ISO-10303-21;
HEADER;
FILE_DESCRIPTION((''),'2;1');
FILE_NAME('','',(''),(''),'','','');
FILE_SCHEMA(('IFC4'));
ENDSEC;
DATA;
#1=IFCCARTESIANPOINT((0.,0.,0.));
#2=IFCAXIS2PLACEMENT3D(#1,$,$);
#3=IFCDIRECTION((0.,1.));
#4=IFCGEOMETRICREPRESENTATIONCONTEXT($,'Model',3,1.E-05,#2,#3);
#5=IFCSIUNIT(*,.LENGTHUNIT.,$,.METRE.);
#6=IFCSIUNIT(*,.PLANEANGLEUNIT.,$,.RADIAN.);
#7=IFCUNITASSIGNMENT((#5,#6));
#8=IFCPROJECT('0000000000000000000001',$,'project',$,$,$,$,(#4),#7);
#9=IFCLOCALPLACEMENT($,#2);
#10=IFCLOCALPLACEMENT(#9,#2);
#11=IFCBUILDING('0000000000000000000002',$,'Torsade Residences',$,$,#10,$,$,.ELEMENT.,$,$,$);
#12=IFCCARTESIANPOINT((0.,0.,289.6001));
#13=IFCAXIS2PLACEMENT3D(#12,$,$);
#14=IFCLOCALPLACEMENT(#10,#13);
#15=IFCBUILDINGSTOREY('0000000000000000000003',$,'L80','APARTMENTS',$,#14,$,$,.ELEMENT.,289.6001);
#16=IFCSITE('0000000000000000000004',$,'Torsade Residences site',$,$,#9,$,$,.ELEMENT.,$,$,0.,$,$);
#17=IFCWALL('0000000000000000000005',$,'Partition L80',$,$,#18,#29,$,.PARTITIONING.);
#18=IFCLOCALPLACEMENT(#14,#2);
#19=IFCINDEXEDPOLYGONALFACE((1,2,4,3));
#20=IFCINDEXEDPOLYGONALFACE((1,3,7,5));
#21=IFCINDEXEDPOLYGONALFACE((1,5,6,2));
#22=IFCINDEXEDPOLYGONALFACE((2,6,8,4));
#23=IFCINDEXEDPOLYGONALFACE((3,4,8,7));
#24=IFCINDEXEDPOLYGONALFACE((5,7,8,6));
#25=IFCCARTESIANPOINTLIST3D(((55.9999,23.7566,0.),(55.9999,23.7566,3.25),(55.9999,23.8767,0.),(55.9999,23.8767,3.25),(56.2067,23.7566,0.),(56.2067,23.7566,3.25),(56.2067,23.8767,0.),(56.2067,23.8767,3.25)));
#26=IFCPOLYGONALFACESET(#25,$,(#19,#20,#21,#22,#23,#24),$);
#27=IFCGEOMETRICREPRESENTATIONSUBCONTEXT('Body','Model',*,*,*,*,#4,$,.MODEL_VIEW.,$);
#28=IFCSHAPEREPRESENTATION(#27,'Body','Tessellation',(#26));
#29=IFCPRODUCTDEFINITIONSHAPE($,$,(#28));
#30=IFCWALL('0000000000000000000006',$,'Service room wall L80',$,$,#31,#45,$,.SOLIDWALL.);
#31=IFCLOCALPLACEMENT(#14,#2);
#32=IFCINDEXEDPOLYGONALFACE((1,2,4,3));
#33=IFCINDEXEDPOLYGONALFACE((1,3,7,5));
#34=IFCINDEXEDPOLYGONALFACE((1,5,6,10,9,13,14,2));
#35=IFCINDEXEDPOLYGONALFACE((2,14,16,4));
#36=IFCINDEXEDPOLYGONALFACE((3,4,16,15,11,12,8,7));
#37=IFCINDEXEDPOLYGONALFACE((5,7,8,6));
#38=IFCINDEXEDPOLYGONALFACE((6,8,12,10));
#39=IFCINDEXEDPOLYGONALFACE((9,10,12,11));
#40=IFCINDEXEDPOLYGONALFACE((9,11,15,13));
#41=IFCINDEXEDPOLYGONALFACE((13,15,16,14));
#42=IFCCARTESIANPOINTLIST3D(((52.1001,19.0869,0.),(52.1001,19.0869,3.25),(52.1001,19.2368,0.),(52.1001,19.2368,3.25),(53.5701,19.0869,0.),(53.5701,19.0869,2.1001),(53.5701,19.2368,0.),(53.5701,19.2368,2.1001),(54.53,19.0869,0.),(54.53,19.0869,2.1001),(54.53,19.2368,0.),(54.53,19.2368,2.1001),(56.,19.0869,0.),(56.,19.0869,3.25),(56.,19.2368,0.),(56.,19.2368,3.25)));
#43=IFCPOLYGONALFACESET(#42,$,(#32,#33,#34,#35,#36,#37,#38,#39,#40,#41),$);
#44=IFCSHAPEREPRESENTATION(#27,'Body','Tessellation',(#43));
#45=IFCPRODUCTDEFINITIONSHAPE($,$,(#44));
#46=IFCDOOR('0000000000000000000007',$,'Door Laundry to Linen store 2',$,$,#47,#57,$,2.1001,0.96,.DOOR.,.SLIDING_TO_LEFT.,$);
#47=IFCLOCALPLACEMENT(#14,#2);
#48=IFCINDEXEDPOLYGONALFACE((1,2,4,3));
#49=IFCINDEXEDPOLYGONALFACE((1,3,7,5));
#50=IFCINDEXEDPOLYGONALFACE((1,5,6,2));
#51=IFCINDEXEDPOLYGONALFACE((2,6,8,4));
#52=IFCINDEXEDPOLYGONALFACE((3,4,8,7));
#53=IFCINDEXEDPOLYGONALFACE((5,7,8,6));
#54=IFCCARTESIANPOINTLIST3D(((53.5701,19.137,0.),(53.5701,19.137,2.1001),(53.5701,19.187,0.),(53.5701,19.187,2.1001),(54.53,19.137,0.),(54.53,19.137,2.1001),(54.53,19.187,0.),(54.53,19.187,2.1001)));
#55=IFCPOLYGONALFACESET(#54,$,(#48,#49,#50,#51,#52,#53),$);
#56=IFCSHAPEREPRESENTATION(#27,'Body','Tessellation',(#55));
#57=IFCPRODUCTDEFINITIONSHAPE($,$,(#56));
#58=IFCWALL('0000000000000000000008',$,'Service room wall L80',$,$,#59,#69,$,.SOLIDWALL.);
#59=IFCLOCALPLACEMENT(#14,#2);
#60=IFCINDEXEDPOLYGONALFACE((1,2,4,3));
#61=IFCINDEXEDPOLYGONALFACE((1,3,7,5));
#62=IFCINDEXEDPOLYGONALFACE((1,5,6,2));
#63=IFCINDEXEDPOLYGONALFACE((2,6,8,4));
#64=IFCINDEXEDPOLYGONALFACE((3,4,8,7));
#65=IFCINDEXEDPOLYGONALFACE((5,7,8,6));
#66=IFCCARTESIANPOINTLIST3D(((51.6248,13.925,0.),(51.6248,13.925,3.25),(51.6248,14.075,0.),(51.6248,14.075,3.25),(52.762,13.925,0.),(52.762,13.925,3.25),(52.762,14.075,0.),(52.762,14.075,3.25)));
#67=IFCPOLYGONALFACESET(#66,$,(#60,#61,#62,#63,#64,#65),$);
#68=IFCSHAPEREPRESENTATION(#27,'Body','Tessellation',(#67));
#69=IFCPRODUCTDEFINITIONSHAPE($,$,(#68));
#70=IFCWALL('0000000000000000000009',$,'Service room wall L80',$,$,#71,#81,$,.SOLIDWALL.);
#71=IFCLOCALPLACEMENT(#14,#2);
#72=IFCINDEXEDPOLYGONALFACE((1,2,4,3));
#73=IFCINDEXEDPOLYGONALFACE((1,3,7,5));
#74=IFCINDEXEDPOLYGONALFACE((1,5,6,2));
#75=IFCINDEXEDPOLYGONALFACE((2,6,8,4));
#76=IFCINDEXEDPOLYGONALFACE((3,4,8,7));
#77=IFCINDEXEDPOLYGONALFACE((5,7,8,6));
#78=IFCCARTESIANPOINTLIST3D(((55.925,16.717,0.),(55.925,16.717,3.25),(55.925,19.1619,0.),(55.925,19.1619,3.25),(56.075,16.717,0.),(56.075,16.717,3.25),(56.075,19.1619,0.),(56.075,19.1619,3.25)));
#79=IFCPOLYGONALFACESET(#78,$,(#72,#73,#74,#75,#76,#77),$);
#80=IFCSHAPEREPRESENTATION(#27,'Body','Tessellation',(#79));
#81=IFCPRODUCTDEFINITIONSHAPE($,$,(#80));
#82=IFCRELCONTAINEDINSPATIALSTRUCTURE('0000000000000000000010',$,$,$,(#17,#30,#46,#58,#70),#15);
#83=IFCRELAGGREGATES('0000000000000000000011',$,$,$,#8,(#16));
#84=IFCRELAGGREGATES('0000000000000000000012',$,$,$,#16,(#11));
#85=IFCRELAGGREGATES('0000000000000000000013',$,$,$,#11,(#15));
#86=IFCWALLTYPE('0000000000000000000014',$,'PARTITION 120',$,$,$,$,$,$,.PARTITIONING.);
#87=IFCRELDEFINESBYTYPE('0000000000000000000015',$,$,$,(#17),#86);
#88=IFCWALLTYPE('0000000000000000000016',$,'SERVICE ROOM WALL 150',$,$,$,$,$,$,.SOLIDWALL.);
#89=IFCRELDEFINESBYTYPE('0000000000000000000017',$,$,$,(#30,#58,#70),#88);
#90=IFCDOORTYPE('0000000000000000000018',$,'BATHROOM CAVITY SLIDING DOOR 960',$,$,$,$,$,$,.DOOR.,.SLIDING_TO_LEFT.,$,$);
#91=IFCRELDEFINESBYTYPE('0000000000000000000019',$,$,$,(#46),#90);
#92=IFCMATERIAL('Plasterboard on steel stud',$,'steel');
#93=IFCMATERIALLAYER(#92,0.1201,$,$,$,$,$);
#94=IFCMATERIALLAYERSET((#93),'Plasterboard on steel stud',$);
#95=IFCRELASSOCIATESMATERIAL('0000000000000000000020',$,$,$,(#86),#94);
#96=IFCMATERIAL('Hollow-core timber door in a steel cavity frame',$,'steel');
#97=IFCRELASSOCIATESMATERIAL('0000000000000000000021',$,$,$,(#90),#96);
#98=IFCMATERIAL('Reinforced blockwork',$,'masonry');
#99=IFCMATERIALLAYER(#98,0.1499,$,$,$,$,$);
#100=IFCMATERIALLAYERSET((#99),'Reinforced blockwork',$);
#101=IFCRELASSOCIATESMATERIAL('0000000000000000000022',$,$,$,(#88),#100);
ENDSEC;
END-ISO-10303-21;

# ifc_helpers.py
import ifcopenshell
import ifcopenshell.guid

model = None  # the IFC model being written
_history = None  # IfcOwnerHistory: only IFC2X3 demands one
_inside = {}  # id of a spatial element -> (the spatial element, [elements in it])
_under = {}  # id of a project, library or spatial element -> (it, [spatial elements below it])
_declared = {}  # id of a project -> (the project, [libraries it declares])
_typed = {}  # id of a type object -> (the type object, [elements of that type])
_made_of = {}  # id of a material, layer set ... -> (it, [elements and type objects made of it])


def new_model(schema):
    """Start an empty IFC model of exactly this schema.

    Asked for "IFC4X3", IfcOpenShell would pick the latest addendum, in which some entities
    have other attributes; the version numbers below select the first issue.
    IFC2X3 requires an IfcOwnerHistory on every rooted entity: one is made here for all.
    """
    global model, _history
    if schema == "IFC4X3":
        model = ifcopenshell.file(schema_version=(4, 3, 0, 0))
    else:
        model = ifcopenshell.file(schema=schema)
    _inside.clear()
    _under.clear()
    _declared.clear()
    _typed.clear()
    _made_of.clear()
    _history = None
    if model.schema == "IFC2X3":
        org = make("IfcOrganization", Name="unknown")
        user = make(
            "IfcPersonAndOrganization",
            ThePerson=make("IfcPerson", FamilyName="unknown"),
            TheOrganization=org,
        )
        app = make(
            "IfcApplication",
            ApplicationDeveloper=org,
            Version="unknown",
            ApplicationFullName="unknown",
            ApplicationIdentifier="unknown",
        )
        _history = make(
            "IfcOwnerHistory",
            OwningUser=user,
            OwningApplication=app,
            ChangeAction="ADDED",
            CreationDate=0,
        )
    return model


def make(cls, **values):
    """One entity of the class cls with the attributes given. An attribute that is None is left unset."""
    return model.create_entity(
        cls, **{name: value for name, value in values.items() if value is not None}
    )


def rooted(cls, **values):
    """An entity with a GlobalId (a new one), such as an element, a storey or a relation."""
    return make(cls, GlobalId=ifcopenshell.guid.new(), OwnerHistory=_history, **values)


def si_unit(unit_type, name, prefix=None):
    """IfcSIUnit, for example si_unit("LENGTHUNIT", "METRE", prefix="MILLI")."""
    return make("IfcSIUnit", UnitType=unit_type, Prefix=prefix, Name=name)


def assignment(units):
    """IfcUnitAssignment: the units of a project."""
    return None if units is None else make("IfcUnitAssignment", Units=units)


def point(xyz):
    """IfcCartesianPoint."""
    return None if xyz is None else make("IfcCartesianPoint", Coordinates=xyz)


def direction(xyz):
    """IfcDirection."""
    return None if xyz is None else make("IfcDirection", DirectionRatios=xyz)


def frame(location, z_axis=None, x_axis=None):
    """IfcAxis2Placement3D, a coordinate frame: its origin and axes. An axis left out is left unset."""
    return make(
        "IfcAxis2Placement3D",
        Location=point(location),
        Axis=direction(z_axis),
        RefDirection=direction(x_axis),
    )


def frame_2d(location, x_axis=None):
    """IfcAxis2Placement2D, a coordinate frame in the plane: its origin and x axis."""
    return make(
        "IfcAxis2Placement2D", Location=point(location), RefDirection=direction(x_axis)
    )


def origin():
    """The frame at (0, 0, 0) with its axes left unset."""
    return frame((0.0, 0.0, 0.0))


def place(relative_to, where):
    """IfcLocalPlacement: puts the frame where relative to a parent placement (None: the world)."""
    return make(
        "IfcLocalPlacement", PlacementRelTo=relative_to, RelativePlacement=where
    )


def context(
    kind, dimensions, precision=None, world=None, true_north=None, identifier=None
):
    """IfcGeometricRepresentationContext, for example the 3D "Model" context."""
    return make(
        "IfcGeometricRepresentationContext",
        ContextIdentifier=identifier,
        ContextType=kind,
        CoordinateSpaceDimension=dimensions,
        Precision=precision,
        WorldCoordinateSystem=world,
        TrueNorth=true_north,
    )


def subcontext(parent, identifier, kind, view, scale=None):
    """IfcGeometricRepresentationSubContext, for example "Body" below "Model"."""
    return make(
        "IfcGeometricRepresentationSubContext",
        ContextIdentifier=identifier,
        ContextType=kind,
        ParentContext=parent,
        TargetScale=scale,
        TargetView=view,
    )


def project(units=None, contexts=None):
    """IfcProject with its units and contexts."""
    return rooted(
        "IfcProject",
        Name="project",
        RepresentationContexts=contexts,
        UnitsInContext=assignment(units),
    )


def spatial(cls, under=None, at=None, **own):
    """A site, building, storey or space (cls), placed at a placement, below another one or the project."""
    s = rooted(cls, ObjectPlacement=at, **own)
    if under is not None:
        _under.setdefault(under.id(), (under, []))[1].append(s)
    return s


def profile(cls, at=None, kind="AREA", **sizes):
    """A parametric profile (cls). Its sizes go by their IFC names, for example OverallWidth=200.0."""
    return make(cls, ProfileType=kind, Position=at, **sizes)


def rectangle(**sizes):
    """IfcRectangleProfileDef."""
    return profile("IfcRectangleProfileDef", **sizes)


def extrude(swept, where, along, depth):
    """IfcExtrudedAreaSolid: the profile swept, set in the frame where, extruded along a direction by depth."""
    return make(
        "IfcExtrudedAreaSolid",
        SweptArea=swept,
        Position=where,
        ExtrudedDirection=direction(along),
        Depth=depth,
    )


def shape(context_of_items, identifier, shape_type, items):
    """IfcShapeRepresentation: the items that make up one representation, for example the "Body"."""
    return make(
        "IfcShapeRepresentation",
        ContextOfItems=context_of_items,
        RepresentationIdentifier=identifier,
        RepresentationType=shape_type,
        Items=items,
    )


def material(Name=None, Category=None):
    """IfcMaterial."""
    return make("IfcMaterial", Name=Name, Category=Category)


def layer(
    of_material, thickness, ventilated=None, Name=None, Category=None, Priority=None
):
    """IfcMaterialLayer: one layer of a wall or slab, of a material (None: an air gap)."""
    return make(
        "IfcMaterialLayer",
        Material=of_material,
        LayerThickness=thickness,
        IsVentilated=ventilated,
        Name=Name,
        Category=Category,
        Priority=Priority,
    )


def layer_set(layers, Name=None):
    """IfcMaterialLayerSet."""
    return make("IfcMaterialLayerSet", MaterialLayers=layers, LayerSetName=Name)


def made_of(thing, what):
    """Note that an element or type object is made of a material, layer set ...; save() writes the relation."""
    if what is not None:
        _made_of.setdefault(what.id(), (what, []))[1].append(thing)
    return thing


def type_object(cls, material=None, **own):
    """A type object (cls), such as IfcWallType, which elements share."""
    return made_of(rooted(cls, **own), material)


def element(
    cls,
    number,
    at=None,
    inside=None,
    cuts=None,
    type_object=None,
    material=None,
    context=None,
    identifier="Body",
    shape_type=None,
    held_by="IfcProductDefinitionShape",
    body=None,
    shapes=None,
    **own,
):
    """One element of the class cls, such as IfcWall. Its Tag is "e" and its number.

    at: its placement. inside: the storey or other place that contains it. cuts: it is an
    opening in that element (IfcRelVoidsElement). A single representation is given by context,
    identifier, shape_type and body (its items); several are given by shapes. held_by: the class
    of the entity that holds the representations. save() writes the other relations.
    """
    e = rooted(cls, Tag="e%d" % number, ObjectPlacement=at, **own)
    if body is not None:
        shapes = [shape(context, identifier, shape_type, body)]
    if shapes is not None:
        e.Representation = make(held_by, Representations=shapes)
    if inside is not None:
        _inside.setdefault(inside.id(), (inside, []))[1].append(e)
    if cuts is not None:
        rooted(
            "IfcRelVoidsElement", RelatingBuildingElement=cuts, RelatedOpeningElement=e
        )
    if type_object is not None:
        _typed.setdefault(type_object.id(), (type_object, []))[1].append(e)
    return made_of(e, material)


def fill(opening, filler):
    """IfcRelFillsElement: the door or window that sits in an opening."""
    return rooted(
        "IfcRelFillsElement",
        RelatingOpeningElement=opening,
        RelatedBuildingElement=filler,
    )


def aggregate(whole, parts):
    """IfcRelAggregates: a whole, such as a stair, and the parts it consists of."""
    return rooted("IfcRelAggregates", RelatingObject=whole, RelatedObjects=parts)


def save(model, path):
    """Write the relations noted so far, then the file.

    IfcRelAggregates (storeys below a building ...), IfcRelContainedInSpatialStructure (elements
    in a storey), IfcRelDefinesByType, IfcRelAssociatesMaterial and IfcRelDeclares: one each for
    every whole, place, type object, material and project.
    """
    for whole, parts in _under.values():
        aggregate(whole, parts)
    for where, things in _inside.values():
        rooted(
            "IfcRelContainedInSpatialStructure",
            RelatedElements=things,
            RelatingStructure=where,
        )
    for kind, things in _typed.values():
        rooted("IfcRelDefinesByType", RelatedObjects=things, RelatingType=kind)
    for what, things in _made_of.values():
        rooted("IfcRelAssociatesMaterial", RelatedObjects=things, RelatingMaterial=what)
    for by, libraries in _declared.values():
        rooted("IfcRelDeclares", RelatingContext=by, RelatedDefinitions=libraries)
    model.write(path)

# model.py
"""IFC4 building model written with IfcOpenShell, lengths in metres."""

from ifc_helpers import new_model, si_unit, direction, frame, frame_2d, origin, place, context, subcontext, project, spatial, rectangle, extrude, material, layer, layer_set, type_object, element, fill, save


model = new_model("IFC4")

# Units and contexts
model_context = context("Model", 3, precision=1e-05, world=origin(), true_north=direction((0.0, 1.0)))
body_context = subcontext(model_context, "Body", "Model", "MODEL_VIEW")
ifc_project = project(units=[si_unit("LENGTHUNIT", "METRE"), si_unit("PLANEANGLEUNIT", "RADIAN")], contexts=[model_context])

# Site, building, storey
site_placement = place(None, origin())
site = spatial("IfcSite", under=ifc_project, at=site_placement, Name="Torsade Residences site", CompositionType="ELEMENT", RefElevation=0.0)
building_placement = place(site_placement, origin())
building = spatial("IfcBuilding", under=site, at=building_placement, Name="Torsade Residences", CompositionType="ELEMENT")
storey_placement = place(building_placement, frame((0.0, 0.0, 289.6001)))
storey = spatial("IfcBuildingStorey", under=building, at=storey_placement, Name="L80", Description="APARTMENTS", CompositionType="ELEMENT", Elevation=289.6001)

# Shared definitions
ifc_material_1 = material(Name="Plasterboard on steel stud", Category="steel")
ifc_layer_1 = layer(ifc_material_1, 0.1201)
ifc_layer_set_1 = layer_set([ifc_layer_1], Name="Plasterboard on steel stud")
wall_type_1 = type_object("IfcWallType", Name="PARTITION 120", PredefinedType="PARTITIONING", material=ifc_layer_set_1)
ifc_material_2 = material(Name="Hollow-core timber door in a steel cavity frame", Category="steel")
door_type_1 = type_object("IfcDoorType", Name="BATHROOM CAVITY SLIDING DOOR 960", OperationType="SLIDING_TO_LEFT", PredefinedType="DOOR", material=ifc_material_2)

# Wall
wall_1_placement = place(storey_placement, frame((56.2068, 23.8167, 0.0), z_axis=(0.0, 0.0, 1.0), x_axis=(-1.0, 0.0, 0.0)))
element("IfcWall", 1, at=wall_1_placement, inside=storey, type_object=wall_type_1, Name="Partition L80", PredefinedType="PARTITIONING", context=body_context, shape_type="SweptSolid", body=[
    extrude(rectangle(XDim=0.2068, YDim=0.1201, at=frame_2d((0.1035, 0.0))), origin(), (0.0, 0.0, 1.0), 3.25),
])

# Wall, opening, door
ifc_material_3 = material(Name="Reinforced blockwork", Category="masonry")
ifc_layer_2 = layer(ifc_material_3, 0.1499)
ifc_layer_set_2 = layer_set([ifc_layer_2], Name="Reinforced blockwork")
wall_type_2 = type_object("IfcWallType", Name="SERVICE ROOM WALL 150", PredefinedType="SOLIDWALL", material=ifc_layer_set_2)
wall_2_placement = place(storey_placement, frame((56.0, 19.1619, 0.0), z_axis=(0.0, 0.0, 1.0), x_axis=(-1.0, 0.0, 0.0)))
wall_2 = element("IfcWall", 2, at=wall_2_placement, inside=storey, type_object=wall_type_2, Name="Service room wall L80", PredefinedType="SOLIDWALL", context=body_context, shape_type="SweptSolid", body=[
    extrude(rectangle(XDim=3.8999, YDim=0.1499, at=frame_2d((1.95, 0.0))), origin(), (0.0, 0.0, 1.0), 3.25),
])
opening_1_placement = place(wall_2_placement, frame((1.47, 0.0, 0.0)))
opening_1 = element("IfcOpeningElement", 3, at=opening_1_placement, cuts=wall_2, PredefinedType="OPENING", context=body_context, shape_type="SweptSolid", body=[
    extrude(rectangle(XDim=0.96, YDim=2.1001, at=frame_2d((0.48, 1.05))), frame((0.0, 0.085, 0.0), z_axis=(0.0, -1.0, 0.0), x_axis=(1.0, 0.0, 0.0)), (0.0, 0.0, 1.0), 0.1699),
])
door_1_placement = place(opening_1_placement, origin())
door_1 = element("IfcDoor", 4, at=door_1_placement, inside=storey, type_object=door_type_1, Name="Door Laundry to Linen store 2", OperationType="SLIDING_TO_LEFT", OverallHeight=2.1001, OverallWidth=0.96, PredefinedType="DOOR", context=body_context, shape_type="SweptSolid", body=[
    extrude(rectangle(XDim=0.96, YDim=2.1001, at=frame_2d((0.48, 1.05))), frame((0.0, 0.0249, 0.0), z_axis=(0.0, -1.0, 0.0), x_axis=(1.0, 0.0, 0.0)), (0.0, 0.0, 1.0), 0.05),
])
fill(opening_1, door_1)

# Walls
wall_3_placement = place(storey_placement, frame((52.762, 14.0, 0.0), z_axis=(0.0, 0.0, 1.0), x_axis=(-1.0, 0.0, 0.0)))
element("IfcWall", 5, at=wall_3_placement, inside=storey, type_object=wall_type_2, Name="Service room wall L80", PredefinedType="SOLIDWALL", context=body_context, shape_type="SweptSolid", body=[
    extrude(rectangle(XDim=1.1372, YDim=0.1499, at=frame_2d((0.5686, 0.0))), origin(), (0.0, 0.0, 1.0), 3.25),
])
wall_4_placement = place(storey_placement, frame((56.0, 19.1619, 0.0), z_axis=(0.0, 0.0, 1.0), x_axis=(0.0, -1.0, 0.0)))
element("IfcWall", 6, at=wall_4_placement, inside=storey, type_object=wall_type_2, Name="Service room wall L80", PredefinedType="SOLIDWALL", context=body_context, shape_type="SweptSolid", body=[
    extrude(rectangle(XDim=2.4448, YDim=0.1499, at=frame_2d((1.2224, 0.0))), origin(), (0.0, 0.0, 1.0), 3.25),
])

save(model, "model.ifc")
